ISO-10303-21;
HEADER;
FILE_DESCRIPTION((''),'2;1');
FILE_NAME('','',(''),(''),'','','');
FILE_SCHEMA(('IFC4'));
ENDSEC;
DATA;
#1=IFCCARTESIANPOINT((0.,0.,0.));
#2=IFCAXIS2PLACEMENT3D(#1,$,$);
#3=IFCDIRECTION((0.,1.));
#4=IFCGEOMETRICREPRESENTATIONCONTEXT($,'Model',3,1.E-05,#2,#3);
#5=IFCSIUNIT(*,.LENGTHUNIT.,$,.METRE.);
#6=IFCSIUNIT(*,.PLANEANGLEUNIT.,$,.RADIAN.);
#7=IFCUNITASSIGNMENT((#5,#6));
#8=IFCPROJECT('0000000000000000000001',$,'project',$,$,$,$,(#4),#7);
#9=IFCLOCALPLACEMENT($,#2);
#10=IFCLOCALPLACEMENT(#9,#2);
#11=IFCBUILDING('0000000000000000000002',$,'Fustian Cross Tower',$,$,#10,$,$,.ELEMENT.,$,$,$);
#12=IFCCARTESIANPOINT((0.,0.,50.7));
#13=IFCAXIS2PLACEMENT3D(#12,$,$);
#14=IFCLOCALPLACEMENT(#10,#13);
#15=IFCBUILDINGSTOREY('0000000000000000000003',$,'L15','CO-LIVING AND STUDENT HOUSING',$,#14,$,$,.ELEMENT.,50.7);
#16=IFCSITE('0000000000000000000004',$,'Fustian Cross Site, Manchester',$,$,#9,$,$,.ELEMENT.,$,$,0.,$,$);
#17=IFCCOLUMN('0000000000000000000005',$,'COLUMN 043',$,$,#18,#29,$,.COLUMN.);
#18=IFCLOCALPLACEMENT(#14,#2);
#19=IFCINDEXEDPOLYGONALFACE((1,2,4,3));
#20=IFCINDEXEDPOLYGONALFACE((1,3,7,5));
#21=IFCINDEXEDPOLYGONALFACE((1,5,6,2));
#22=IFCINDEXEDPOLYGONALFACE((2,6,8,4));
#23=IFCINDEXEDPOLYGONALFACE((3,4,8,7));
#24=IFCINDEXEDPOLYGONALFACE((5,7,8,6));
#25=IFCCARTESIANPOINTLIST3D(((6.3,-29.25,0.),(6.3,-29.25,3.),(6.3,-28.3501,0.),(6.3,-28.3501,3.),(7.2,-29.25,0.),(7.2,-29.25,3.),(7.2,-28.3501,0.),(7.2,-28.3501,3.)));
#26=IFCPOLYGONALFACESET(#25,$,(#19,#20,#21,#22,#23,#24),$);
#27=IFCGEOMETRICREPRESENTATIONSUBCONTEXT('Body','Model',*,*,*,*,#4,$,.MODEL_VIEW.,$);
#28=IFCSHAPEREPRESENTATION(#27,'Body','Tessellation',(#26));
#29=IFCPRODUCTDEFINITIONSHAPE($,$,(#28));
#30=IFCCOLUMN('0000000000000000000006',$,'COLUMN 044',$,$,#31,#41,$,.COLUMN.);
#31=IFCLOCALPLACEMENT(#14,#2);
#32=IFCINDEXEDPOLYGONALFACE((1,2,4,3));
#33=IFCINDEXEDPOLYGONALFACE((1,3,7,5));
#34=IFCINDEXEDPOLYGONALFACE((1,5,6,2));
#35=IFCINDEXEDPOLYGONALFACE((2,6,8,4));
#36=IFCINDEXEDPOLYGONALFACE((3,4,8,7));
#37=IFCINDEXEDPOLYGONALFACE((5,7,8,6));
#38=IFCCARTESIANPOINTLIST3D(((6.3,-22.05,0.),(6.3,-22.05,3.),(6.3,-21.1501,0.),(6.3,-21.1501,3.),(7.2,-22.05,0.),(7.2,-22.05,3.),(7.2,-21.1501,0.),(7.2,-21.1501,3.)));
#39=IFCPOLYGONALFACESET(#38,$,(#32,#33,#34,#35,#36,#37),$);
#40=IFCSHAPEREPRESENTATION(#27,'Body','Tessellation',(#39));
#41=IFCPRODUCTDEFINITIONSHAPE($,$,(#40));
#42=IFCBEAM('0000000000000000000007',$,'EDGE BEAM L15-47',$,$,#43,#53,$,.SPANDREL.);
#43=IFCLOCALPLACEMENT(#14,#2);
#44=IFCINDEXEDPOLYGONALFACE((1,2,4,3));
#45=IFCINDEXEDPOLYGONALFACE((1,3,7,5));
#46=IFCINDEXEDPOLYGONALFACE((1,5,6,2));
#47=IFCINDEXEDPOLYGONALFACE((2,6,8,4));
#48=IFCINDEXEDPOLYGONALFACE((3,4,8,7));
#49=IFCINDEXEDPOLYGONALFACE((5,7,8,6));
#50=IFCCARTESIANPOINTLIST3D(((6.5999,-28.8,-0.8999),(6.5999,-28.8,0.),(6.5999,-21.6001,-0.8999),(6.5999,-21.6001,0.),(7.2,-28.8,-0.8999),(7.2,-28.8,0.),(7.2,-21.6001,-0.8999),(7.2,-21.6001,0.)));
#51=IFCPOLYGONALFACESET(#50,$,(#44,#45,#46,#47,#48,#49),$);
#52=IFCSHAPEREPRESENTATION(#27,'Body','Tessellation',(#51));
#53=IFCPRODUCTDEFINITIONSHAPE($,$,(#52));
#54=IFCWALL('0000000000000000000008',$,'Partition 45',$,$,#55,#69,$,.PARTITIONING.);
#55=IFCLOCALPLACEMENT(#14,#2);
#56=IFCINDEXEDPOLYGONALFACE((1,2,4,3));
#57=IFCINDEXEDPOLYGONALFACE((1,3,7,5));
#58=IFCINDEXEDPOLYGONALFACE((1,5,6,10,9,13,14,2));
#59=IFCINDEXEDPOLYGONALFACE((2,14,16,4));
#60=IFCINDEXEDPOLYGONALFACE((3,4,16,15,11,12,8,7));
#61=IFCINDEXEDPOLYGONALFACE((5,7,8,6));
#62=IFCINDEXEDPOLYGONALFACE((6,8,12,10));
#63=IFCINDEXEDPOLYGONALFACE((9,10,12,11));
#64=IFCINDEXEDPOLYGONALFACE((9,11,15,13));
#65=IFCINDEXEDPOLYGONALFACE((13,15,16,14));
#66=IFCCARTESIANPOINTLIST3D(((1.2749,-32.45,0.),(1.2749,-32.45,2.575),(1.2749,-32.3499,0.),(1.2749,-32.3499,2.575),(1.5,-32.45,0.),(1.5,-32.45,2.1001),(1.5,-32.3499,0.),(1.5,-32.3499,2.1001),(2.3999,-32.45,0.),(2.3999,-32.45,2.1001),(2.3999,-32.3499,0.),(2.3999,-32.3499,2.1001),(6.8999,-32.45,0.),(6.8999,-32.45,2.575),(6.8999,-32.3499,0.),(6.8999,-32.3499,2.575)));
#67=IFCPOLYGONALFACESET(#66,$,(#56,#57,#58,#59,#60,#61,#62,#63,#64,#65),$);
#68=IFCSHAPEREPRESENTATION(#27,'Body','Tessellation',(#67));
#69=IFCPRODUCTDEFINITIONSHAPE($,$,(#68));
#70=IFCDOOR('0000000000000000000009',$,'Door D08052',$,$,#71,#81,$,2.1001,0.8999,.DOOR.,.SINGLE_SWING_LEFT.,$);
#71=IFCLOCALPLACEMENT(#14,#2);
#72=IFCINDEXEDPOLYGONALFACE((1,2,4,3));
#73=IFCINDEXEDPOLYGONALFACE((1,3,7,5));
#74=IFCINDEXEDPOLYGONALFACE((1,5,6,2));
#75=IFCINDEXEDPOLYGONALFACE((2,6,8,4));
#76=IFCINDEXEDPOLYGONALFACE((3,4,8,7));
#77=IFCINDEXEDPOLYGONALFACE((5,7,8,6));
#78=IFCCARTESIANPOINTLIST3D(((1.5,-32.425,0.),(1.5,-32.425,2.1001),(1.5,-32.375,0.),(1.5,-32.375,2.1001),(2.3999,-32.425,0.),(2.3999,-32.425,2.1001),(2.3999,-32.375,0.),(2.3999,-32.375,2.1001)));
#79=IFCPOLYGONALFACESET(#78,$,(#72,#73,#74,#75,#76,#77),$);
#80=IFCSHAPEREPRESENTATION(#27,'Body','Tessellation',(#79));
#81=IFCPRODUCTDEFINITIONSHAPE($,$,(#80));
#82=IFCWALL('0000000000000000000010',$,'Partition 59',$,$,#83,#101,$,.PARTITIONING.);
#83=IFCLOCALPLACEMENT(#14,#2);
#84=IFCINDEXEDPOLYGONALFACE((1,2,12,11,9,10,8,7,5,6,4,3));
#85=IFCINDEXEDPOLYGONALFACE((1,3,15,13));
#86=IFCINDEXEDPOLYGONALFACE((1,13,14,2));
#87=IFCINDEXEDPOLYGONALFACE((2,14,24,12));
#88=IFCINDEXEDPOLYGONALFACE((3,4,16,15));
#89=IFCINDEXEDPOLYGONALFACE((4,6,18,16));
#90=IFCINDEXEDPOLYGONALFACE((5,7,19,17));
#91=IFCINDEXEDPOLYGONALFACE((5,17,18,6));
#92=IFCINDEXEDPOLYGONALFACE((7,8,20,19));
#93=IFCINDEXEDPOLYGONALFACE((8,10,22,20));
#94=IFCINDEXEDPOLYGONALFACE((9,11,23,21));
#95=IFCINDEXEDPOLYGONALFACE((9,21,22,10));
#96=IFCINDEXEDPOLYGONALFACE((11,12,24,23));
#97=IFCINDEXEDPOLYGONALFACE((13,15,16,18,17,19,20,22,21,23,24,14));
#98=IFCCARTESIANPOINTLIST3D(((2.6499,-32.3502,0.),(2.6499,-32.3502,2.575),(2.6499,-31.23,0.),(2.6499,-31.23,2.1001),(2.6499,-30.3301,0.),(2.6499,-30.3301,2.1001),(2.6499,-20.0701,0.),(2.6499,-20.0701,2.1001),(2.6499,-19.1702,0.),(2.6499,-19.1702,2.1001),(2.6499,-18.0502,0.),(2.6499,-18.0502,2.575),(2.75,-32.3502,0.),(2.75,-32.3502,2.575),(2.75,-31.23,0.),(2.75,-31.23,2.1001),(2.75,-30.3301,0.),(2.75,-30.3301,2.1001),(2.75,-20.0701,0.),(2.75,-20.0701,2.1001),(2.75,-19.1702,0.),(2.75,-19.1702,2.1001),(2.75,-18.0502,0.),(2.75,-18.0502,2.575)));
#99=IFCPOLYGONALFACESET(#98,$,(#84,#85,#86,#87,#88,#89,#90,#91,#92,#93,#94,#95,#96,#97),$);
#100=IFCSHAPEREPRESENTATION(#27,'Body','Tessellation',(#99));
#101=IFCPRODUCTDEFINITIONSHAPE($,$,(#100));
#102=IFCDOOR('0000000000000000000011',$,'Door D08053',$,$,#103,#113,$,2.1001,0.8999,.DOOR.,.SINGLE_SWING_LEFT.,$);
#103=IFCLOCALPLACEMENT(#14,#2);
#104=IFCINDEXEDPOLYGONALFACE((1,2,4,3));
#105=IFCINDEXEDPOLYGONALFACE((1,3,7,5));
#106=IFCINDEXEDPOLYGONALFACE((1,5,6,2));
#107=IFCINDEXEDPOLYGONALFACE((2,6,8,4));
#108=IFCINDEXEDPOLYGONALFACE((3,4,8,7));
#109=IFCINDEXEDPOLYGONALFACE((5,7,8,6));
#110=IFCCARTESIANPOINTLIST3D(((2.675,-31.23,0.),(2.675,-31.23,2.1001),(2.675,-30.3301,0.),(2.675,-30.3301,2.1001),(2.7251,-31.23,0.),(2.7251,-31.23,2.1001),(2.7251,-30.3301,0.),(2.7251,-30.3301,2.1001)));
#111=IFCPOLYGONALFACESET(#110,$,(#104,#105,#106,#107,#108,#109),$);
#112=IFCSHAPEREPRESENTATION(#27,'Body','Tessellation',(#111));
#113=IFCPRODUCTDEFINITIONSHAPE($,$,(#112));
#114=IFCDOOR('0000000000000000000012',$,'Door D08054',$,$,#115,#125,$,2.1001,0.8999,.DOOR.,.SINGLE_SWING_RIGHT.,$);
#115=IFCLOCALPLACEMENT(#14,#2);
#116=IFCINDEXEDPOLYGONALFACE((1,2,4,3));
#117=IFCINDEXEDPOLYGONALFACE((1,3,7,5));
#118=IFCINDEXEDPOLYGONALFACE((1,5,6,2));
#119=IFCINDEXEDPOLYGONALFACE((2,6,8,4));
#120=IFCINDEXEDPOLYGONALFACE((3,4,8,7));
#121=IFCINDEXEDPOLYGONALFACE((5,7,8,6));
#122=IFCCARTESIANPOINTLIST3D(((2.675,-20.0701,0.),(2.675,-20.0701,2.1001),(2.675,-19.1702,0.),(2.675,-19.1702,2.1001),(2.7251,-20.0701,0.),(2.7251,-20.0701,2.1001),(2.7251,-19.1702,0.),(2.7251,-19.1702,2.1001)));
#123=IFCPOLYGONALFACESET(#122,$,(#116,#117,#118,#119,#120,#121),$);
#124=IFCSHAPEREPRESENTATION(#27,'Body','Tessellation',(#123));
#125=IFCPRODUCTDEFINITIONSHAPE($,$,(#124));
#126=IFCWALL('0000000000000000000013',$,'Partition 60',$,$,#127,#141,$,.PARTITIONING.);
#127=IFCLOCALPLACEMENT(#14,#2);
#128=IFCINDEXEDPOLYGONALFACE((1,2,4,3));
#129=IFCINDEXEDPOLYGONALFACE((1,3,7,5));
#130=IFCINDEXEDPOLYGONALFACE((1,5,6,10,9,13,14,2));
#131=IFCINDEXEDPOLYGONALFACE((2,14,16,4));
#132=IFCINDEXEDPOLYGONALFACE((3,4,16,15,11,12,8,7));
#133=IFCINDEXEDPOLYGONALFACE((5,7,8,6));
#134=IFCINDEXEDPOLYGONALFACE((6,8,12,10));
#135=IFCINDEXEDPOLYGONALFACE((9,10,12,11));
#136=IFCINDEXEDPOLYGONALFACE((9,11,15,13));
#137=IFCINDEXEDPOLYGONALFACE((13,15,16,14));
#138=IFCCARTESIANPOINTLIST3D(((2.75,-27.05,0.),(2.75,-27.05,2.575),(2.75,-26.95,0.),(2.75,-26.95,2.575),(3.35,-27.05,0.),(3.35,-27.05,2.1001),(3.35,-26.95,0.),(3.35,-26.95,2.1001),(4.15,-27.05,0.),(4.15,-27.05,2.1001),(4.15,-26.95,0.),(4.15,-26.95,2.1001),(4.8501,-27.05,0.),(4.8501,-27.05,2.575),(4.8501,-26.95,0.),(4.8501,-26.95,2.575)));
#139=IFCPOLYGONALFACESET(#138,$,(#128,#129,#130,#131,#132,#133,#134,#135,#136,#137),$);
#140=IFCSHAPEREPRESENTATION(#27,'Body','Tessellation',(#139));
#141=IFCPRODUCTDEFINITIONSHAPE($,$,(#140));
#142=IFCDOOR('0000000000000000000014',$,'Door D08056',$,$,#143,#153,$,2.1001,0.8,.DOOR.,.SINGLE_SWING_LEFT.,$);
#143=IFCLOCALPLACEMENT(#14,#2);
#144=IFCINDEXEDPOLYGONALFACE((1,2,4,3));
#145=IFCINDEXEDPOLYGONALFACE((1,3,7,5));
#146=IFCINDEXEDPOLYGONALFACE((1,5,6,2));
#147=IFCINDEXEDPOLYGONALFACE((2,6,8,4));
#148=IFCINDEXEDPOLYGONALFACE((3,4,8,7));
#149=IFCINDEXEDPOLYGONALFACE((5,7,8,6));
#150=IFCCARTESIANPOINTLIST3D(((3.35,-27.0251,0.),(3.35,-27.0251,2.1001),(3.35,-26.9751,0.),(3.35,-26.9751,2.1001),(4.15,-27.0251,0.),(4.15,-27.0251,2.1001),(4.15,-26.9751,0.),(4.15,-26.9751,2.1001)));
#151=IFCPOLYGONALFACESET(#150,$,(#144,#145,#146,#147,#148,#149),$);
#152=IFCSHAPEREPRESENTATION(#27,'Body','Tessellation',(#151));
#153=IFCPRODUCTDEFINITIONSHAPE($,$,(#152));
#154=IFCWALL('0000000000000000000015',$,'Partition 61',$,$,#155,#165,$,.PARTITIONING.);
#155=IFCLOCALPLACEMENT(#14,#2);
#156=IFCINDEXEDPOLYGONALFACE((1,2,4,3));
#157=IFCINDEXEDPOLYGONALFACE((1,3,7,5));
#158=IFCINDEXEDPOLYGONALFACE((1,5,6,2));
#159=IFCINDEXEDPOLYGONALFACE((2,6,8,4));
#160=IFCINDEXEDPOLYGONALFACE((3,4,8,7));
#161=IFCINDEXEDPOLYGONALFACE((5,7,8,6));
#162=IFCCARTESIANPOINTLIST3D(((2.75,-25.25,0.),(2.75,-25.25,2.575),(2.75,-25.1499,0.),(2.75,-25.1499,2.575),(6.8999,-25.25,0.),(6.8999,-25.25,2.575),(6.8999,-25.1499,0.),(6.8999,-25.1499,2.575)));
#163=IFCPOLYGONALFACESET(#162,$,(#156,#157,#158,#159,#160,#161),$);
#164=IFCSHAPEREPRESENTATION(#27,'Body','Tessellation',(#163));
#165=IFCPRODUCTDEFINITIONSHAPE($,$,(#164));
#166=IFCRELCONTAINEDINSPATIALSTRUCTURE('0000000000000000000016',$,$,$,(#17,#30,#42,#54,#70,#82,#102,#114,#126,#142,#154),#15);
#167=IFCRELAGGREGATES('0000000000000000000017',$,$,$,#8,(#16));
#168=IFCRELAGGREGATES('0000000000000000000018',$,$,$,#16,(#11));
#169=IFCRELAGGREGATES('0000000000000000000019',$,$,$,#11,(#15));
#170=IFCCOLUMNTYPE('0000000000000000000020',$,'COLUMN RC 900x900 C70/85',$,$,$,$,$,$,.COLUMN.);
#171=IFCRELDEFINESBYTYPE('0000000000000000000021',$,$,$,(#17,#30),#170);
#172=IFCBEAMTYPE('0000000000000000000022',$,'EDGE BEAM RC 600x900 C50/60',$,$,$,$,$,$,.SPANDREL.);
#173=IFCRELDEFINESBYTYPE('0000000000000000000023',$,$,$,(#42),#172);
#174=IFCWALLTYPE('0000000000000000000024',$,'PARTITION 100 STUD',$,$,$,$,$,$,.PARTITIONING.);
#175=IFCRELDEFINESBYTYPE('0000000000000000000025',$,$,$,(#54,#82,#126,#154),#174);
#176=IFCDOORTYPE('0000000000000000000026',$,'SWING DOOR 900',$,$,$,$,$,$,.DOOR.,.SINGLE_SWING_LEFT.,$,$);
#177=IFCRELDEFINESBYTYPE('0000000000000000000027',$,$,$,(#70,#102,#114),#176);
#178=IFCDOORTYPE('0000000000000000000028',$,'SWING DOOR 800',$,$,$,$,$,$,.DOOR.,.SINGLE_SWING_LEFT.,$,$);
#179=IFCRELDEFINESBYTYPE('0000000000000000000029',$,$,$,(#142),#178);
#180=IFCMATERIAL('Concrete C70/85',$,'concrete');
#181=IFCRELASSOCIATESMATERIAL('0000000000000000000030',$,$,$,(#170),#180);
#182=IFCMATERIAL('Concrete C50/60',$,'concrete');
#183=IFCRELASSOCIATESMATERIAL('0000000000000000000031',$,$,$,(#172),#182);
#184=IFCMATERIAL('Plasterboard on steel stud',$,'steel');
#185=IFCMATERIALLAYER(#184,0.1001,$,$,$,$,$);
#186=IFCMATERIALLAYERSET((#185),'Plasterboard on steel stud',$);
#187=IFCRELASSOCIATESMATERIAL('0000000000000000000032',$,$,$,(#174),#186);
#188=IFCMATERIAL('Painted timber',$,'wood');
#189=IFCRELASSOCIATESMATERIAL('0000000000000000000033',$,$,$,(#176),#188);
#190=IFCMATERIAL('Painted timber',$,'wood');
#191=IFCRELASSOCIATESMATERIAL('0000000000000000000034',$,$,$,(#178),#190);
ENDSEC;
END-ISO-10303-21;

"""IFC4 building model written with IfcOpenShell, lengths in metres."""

from ifc_helpers import new_model, si_unit, direction, frame, frame_2d, origin, origin_2d, place, context, subcontext, project, spatial, rectangle, extrude, material, layer, layer_set, material_profile, profile_set, type_object, element, fill, save


model = new_model("IFC4")

# Units and contexts
model_context = context("Model", 3, precision=1e-05, world=origin(), true_north=direction((0.0, 1.0)))
body_context = subcontext(model_context, "Body", "Model", "MODEL_VIEW")
ifc_project = project(units=[si_unit("LENGTHUNIT", "METRE"), si_unit("PLANEANGLEUNIT", "RADIAN")], contexts=[model_context])

# Site, building, storey
site_placement = place(None, origin())
site = spatial("IfcSite", under=ifc_project, at=site_placement, Name="Fustian Cross Site, Manchester", CompositionType="ELEMENT", RefElevation=0.0)
building_placement = place(site_placement, origin())
building = spatial("IfcBuilding", under=site, at=building_placement, Name="Fustian Cross Tower", CompositionType="ELEMENT")
storey_placement = place(building_placement, frame((0.0, 0.0, 50.7)))
storey = spatial("IfcBuildingStorey", under=building, at=storey_placement, Name="L15", Description="CO-LIVING AND STUDENT HOUSING", CompositionType="ELEMENT", Elevation=50.7)

# Columns
ifc_material_1 = material(Name="Concrete C70/85", Category="concrete")
ifc_material_profile_1 = material_profile(ifc_material_1, rectangle(XDim=0.8999, YDim=0.8999, at=origin_2d()), Name="RC 900x900")
ifc_profile_set_1 = profile_set([ifc_material_profile_1], Name="Concrete C70/85")
column_type = type_object("IfcColumnType", Name="COLUMN RC 900x900 C70/85", PredefinedType="COLUMN", material=ifc_profile_set_1)
for number, where, z_axis, x_axis, name in (
    (1, (6.75, -28.8, 0.0), (0.0, 0.0, 1.0), (1.0, 0.0, 0.0), "COLUMN 043"),
    (2, (6.75, -21.6001, 0.0), (0.0, 0.0, 1.0), (1.0, 0.0, 0.0), "COLUMN 044"),
):
    element("IfcColumn", number, at=place(storey_placement, frame(where, z_axis=z_axis, x_axis=x_axis)), inside=storey, type_object=column_type, Name=name, PredefinedType="COLUMN", context=body_context, shape_type="SweptSolid", body=[
        extrude(rectangle(XDim=0.8999, YDim=0.8999, at=origin_2d()), origin(), (0.0, 0.0, 1.0), 3.0),
    ])

# Beam
ifc_material_2 = material(Name="Concrete C50/60", Category="concrete")
ifc_material_profile_2 = material_profile(ifc_material_2, rectangle(XDim=0.6001, YDim=0.8999, at=origin_2d()), Name="RC 600x900")
ifc_profile_set_2 = profile_set([ifc_material_profile_2], Name="Concrete C50/60")
beam_type = type_object("IfcBeamType", Name="EDGE BEAM RC 600x900 C50/60", PredefinedType="SPANDREL", material=ifc_profile_set_2)
beam_placement = place(storey_placement, frame((6.8999, -28.8, -0.45), z_axis=(0.0, 1.0, 0.0), x_axis=(-1.0, 0.0, 0.0)))
element("IfcBeam", 3, at=beam_placement, inside=storey, type_object=beam_type, Name="EDGE BEAM L15-47", PredefinedType="SPANDREL", context=body_context, shape_type="SweptSolid", body=[
    extrude(rectangle(XDim=0.6001, YDim=0.8999, at=origin_2d()), origin(), (0.0, 0.0, 1.0), 7.2),
])

# Wall, opening, door
ifc_material_3 = material(Name="Plasterboard on steel stud", Category="steel")
ifc_layer = layer(ifc_material_3, 0.1001)
ifc_layer_set = layer_set([ifc_layer], Name="Plasterboard on steel stud")
wall_type = type_object("IfcWallType", Name="PARTITION 100 STUD", PredefinedType="PARTITIONING", material=ifc_layer_set)
wall_1_placement = place(storey_placement, frame((1.2749, -32.3999, 0.0), z_axis=(0.0, 0.0, 1.0), x_axis=(1.0, 0.0, 0.0)))
wall_1 = element("IfcWall", 4, at=wall_1_placement, inside=storey, type_object=wall_type, Name="Partition 45", PredefinedType="PARTITIONING", context=body_context, shape_type="SweptSolid", body=[
    extrude(rectangle(XDim=5.625, YDim=0.1001, at=frame_2d((2.8125, 0.0))), origin(), (0.0, 0.0, 1.0), 2.575),
])
opening_1_placement = place(wall_1_placement, frame((0.2251, 0.0, 0.0)))
opening_1 = element("IfcOpeningElement", 5, at=opening_1_placement, cuts=wall_1, PredefinedType="OPENING", context=body_context, shape_type="SweptSolid", body=[
    extrude(rectangle(XDim=0.8999, YDim=2.1001, at=frame_2d((0.45, 1.05))), frame((0.0, 0.0601, 0.0), z_axis=(0.0, -1.0, 0.0), x_axis=(1.0, 0.0, 0.0)), (0.0, 0.0, 1.0), 0.1201),
])
ifc_material_4 = material(Name="Painted timber", Category="wood")
door_type_1 = type_object("IfcDoorType", Name="SWING DOOR 900", OperationType="SINGLE_SWING_LEFT", PredefinedType="DOOR", material=ifc_material_4)
door_1_placement = place(opening_1_placement, origin())
door_1 = element("IfcDoor", 6, at=door_1_placement, inside=storey, type_object=door_type_1, Name="Door D08052", OperationType="SINGLE_SWING_LEFT", OverallHeight=2.1001, OverallWidth=0.8999, PredefinedType="DOOR", context=body_context, shape_type="SweptSolid", body=[
    extrude(rectangle(XDim=0.8999, YDim=2.1001, at=frame_2d((0.45, 1.05))), frame((0.0, 0.0249, 0.0), z_axis=(0.0, -1.0, 0.0), x_axis=(1.0, 0.0, 0.0)), (0.0, 0.0, 1.0), 0.05),
])
fill(opening_1, door_1)

# Wall, openings, doors
wall_2_placement = place(storey_placement, frame((2.7, -32.3501, 0.0), z_axis=(0.0, 0.0, 1.0), x_axis=(0.0, 1.0, 0.0)))
wall_2 = element("IfcWall", 7, at=wall_2_placement, inside=storey, type_object=wall_type, Name="Partition 59", PredefinedType="PARTITIONING", context=body_context, shape_type="SweptSolid", body=[
    extrude(rectangle(XDim=14.3, YDim=0.1001, at=frame_2d((7.1499, 0.0))), origin(), (0.0, 0.0, 1.0), 2.575),
])
opening_2_placement = place(wall_2_placement, frame((1.1201, 0.0, 0.0)))
opening_2 = element("IfcOpeningElement", 8, at=opening_2_placement, cuts=wall_2, PredefinedType="OPENING", context=body_context, shape_type="SweptSolid", body=[
    extrude(rectangle(XDim=0.8999, YDim=2.1001, at=frame_2d((0.45, 1.05))), frame((0.0, 0.0601, 0.0), z_axis=(0.0, -1.0, 0.0), x_axis=(1.0, 0.0, 0.0)), (0.0, 0.0, 1.0), 0.1201),
])
opening_3_placement = place(wall_2_placement, frame((12.28, 0.0, 0.0)))
opening_3 = element("IfcOpeningElement", 9, at=opening_3_placement, cuts=wall_2, PredefinedType="OPENING", context=body_context, shape_type="SweptSolid", body=[
    extrude(rectangle(XDim=0.8999, YDim=2.1001, at=frame_2d((0.45, 1.05))), frame((0.0, 0.0601, 0.0), z_axis=(0.0, -1.0, 0.0), x_axis=(1.0, 0.0, 0.0)), (0.0, 0.0, 1.0), 0.1201),
])
door_2_placement = place(opening_2_placement, origin())
door_2 = element("IfcDoor", 10, at=door_2_placement, inside=storey, type_object=door_type_1, Name="Door D08053", OperationType="SINGLE_SWING_LEFT", OverallHeight=2.1001, OverallWidth=0.8999, PredefinedType="DOOR", context=body_context, shape_type="SweptSolid", body=[
    extrude(rectangle(XDim=0.8999, YDim=2.1001, at=frame_2d((0.45, 1.05))), frame((0.0, 0.0249, 0.0), z_axis=(0.0, -1.0, 0.0), x_axis=(1.0, 0.0, 0.0)), (0.0, 0.0, 1.0), 0.05),
])
fill(opening_2, door_2)
door_3_placement = place(opening_3_placement, origin())
door_3 = element("IfcDoor", 11, at=door_3_placement, inside=storey, type_object=door_type_1, Name="Door D08054", OperationType="SINGLE_SWING_RIGHT", OverallHeight=2.1001, OverallWidth=0.8999, PredefinedType="DOOR", context=body_context, shape_type="SweptSolid", body=[
    extrude(rectangle(XDim=0.8999, YDim=2.1001, at=frame_2d((0.45, 1.05))), frame((0.0, 0.0249, 0.0), z_axis=(0.0, -1.0, 0.0), x_axis=(1.0, 0.0, 0.0)), (0.0, 0.0, 1.0), 0.05),
])
fill(opening_3, door_3)

# Wall, opening, door
wall_3_placement = place(storey_placement, frame((2.75, -27.0, 0.0), z_axis=(0.0, 0.0, 1.0), x_axis=(1.0, 0.0, 0.0)))
wall_3 = element("IfcWall", 12, at=wall_3_placement, inside=storey, type_object=wall_type, Name="Partition 60", PredefinedType="PARTITIONING", context=body_context, shape_type="SweptSolid", body=[
    extrude(rectangle(XDim=2.1001, YDim=0.1001, at=frame_2d((1.05, 0.0))), origin(), (0.0, 0.0, 1.0), 2.575),
])
opening_4_placement = place(wall_3_placement, frame((0.6001, 0.0, 0.0)))
opening_4 = element("IfcOpeningElement", 13, at=opening_4_placement, cuts=wall_3, PredefinedType="OPENING", context=body_context, shape_type="SweptSolid", body=[
    extrude(rectangle(XDim=0.8, YDim=2.1001, at=frame_2d((0.3999, 1.05))), frame((0.0, 0.0601, 0.0), z_axis=(0.0, -1.0, 0.0), x_axis=(1.0, 0.0, 0.0)), (0.0, 0.0, 1.0), 0.1201),
])
ifc_material_5 = material(Name="Painted timber", Category="wood")
door_type_2 = type_object("IfcDoorType", Name="SWING DOOR 800", OperationType="SINGLE_SWING_LEFT", PredefinedType="DOOR", material=ifc_material_5)
door_4_placement = place(opening_4_placement, origin())
door_4 = element("IfcDoor", 14, at=door_4_placement, inside=storey, type_object=door_type_2, Name="Door D08056", OperationType="SINGLE_SWING_LEFT", OverallHeight=2.1001, OverallWidth=0.8, PredefinedType="DOOR", context=body_context, shape_type="SweptSolid", body=[
    extrude(rectangle(XDim=0.8, YDim=2.1001, at=frame_2d((0.3999, 1.05))), frame((0.0, 0.0249, 0.0), z_axis=(0.0, -1.0, 0.0), x_axis=(1.0, 0.0, 0.0)), (0.0, 0.0, 1.0), 0.05),
])
fill(opening_4, door_4)

# Wall
wall_4_placement = place(storey_placement, frame((2.75, -25.2, 0.0), z_axis=(0.0, 0.0, 1.0), x_axis=(1.0, 0.0, 0.0)))
element("IfcWall", 15, at=wall_4_placement, inside=storey, type_object=wall_type, Name="Partition 61", PredefinedType="PARTITIONING", context=body_context, shape_type="SweptSolid", body=[
    extrude(rectangle(XDim=4.1499, YDim=0.1001, at=frame_2d((2.075, 0.0))), origin(), (0.0, 0.0, 1.0), 2.575),
])

save(model, "model.ifc")
